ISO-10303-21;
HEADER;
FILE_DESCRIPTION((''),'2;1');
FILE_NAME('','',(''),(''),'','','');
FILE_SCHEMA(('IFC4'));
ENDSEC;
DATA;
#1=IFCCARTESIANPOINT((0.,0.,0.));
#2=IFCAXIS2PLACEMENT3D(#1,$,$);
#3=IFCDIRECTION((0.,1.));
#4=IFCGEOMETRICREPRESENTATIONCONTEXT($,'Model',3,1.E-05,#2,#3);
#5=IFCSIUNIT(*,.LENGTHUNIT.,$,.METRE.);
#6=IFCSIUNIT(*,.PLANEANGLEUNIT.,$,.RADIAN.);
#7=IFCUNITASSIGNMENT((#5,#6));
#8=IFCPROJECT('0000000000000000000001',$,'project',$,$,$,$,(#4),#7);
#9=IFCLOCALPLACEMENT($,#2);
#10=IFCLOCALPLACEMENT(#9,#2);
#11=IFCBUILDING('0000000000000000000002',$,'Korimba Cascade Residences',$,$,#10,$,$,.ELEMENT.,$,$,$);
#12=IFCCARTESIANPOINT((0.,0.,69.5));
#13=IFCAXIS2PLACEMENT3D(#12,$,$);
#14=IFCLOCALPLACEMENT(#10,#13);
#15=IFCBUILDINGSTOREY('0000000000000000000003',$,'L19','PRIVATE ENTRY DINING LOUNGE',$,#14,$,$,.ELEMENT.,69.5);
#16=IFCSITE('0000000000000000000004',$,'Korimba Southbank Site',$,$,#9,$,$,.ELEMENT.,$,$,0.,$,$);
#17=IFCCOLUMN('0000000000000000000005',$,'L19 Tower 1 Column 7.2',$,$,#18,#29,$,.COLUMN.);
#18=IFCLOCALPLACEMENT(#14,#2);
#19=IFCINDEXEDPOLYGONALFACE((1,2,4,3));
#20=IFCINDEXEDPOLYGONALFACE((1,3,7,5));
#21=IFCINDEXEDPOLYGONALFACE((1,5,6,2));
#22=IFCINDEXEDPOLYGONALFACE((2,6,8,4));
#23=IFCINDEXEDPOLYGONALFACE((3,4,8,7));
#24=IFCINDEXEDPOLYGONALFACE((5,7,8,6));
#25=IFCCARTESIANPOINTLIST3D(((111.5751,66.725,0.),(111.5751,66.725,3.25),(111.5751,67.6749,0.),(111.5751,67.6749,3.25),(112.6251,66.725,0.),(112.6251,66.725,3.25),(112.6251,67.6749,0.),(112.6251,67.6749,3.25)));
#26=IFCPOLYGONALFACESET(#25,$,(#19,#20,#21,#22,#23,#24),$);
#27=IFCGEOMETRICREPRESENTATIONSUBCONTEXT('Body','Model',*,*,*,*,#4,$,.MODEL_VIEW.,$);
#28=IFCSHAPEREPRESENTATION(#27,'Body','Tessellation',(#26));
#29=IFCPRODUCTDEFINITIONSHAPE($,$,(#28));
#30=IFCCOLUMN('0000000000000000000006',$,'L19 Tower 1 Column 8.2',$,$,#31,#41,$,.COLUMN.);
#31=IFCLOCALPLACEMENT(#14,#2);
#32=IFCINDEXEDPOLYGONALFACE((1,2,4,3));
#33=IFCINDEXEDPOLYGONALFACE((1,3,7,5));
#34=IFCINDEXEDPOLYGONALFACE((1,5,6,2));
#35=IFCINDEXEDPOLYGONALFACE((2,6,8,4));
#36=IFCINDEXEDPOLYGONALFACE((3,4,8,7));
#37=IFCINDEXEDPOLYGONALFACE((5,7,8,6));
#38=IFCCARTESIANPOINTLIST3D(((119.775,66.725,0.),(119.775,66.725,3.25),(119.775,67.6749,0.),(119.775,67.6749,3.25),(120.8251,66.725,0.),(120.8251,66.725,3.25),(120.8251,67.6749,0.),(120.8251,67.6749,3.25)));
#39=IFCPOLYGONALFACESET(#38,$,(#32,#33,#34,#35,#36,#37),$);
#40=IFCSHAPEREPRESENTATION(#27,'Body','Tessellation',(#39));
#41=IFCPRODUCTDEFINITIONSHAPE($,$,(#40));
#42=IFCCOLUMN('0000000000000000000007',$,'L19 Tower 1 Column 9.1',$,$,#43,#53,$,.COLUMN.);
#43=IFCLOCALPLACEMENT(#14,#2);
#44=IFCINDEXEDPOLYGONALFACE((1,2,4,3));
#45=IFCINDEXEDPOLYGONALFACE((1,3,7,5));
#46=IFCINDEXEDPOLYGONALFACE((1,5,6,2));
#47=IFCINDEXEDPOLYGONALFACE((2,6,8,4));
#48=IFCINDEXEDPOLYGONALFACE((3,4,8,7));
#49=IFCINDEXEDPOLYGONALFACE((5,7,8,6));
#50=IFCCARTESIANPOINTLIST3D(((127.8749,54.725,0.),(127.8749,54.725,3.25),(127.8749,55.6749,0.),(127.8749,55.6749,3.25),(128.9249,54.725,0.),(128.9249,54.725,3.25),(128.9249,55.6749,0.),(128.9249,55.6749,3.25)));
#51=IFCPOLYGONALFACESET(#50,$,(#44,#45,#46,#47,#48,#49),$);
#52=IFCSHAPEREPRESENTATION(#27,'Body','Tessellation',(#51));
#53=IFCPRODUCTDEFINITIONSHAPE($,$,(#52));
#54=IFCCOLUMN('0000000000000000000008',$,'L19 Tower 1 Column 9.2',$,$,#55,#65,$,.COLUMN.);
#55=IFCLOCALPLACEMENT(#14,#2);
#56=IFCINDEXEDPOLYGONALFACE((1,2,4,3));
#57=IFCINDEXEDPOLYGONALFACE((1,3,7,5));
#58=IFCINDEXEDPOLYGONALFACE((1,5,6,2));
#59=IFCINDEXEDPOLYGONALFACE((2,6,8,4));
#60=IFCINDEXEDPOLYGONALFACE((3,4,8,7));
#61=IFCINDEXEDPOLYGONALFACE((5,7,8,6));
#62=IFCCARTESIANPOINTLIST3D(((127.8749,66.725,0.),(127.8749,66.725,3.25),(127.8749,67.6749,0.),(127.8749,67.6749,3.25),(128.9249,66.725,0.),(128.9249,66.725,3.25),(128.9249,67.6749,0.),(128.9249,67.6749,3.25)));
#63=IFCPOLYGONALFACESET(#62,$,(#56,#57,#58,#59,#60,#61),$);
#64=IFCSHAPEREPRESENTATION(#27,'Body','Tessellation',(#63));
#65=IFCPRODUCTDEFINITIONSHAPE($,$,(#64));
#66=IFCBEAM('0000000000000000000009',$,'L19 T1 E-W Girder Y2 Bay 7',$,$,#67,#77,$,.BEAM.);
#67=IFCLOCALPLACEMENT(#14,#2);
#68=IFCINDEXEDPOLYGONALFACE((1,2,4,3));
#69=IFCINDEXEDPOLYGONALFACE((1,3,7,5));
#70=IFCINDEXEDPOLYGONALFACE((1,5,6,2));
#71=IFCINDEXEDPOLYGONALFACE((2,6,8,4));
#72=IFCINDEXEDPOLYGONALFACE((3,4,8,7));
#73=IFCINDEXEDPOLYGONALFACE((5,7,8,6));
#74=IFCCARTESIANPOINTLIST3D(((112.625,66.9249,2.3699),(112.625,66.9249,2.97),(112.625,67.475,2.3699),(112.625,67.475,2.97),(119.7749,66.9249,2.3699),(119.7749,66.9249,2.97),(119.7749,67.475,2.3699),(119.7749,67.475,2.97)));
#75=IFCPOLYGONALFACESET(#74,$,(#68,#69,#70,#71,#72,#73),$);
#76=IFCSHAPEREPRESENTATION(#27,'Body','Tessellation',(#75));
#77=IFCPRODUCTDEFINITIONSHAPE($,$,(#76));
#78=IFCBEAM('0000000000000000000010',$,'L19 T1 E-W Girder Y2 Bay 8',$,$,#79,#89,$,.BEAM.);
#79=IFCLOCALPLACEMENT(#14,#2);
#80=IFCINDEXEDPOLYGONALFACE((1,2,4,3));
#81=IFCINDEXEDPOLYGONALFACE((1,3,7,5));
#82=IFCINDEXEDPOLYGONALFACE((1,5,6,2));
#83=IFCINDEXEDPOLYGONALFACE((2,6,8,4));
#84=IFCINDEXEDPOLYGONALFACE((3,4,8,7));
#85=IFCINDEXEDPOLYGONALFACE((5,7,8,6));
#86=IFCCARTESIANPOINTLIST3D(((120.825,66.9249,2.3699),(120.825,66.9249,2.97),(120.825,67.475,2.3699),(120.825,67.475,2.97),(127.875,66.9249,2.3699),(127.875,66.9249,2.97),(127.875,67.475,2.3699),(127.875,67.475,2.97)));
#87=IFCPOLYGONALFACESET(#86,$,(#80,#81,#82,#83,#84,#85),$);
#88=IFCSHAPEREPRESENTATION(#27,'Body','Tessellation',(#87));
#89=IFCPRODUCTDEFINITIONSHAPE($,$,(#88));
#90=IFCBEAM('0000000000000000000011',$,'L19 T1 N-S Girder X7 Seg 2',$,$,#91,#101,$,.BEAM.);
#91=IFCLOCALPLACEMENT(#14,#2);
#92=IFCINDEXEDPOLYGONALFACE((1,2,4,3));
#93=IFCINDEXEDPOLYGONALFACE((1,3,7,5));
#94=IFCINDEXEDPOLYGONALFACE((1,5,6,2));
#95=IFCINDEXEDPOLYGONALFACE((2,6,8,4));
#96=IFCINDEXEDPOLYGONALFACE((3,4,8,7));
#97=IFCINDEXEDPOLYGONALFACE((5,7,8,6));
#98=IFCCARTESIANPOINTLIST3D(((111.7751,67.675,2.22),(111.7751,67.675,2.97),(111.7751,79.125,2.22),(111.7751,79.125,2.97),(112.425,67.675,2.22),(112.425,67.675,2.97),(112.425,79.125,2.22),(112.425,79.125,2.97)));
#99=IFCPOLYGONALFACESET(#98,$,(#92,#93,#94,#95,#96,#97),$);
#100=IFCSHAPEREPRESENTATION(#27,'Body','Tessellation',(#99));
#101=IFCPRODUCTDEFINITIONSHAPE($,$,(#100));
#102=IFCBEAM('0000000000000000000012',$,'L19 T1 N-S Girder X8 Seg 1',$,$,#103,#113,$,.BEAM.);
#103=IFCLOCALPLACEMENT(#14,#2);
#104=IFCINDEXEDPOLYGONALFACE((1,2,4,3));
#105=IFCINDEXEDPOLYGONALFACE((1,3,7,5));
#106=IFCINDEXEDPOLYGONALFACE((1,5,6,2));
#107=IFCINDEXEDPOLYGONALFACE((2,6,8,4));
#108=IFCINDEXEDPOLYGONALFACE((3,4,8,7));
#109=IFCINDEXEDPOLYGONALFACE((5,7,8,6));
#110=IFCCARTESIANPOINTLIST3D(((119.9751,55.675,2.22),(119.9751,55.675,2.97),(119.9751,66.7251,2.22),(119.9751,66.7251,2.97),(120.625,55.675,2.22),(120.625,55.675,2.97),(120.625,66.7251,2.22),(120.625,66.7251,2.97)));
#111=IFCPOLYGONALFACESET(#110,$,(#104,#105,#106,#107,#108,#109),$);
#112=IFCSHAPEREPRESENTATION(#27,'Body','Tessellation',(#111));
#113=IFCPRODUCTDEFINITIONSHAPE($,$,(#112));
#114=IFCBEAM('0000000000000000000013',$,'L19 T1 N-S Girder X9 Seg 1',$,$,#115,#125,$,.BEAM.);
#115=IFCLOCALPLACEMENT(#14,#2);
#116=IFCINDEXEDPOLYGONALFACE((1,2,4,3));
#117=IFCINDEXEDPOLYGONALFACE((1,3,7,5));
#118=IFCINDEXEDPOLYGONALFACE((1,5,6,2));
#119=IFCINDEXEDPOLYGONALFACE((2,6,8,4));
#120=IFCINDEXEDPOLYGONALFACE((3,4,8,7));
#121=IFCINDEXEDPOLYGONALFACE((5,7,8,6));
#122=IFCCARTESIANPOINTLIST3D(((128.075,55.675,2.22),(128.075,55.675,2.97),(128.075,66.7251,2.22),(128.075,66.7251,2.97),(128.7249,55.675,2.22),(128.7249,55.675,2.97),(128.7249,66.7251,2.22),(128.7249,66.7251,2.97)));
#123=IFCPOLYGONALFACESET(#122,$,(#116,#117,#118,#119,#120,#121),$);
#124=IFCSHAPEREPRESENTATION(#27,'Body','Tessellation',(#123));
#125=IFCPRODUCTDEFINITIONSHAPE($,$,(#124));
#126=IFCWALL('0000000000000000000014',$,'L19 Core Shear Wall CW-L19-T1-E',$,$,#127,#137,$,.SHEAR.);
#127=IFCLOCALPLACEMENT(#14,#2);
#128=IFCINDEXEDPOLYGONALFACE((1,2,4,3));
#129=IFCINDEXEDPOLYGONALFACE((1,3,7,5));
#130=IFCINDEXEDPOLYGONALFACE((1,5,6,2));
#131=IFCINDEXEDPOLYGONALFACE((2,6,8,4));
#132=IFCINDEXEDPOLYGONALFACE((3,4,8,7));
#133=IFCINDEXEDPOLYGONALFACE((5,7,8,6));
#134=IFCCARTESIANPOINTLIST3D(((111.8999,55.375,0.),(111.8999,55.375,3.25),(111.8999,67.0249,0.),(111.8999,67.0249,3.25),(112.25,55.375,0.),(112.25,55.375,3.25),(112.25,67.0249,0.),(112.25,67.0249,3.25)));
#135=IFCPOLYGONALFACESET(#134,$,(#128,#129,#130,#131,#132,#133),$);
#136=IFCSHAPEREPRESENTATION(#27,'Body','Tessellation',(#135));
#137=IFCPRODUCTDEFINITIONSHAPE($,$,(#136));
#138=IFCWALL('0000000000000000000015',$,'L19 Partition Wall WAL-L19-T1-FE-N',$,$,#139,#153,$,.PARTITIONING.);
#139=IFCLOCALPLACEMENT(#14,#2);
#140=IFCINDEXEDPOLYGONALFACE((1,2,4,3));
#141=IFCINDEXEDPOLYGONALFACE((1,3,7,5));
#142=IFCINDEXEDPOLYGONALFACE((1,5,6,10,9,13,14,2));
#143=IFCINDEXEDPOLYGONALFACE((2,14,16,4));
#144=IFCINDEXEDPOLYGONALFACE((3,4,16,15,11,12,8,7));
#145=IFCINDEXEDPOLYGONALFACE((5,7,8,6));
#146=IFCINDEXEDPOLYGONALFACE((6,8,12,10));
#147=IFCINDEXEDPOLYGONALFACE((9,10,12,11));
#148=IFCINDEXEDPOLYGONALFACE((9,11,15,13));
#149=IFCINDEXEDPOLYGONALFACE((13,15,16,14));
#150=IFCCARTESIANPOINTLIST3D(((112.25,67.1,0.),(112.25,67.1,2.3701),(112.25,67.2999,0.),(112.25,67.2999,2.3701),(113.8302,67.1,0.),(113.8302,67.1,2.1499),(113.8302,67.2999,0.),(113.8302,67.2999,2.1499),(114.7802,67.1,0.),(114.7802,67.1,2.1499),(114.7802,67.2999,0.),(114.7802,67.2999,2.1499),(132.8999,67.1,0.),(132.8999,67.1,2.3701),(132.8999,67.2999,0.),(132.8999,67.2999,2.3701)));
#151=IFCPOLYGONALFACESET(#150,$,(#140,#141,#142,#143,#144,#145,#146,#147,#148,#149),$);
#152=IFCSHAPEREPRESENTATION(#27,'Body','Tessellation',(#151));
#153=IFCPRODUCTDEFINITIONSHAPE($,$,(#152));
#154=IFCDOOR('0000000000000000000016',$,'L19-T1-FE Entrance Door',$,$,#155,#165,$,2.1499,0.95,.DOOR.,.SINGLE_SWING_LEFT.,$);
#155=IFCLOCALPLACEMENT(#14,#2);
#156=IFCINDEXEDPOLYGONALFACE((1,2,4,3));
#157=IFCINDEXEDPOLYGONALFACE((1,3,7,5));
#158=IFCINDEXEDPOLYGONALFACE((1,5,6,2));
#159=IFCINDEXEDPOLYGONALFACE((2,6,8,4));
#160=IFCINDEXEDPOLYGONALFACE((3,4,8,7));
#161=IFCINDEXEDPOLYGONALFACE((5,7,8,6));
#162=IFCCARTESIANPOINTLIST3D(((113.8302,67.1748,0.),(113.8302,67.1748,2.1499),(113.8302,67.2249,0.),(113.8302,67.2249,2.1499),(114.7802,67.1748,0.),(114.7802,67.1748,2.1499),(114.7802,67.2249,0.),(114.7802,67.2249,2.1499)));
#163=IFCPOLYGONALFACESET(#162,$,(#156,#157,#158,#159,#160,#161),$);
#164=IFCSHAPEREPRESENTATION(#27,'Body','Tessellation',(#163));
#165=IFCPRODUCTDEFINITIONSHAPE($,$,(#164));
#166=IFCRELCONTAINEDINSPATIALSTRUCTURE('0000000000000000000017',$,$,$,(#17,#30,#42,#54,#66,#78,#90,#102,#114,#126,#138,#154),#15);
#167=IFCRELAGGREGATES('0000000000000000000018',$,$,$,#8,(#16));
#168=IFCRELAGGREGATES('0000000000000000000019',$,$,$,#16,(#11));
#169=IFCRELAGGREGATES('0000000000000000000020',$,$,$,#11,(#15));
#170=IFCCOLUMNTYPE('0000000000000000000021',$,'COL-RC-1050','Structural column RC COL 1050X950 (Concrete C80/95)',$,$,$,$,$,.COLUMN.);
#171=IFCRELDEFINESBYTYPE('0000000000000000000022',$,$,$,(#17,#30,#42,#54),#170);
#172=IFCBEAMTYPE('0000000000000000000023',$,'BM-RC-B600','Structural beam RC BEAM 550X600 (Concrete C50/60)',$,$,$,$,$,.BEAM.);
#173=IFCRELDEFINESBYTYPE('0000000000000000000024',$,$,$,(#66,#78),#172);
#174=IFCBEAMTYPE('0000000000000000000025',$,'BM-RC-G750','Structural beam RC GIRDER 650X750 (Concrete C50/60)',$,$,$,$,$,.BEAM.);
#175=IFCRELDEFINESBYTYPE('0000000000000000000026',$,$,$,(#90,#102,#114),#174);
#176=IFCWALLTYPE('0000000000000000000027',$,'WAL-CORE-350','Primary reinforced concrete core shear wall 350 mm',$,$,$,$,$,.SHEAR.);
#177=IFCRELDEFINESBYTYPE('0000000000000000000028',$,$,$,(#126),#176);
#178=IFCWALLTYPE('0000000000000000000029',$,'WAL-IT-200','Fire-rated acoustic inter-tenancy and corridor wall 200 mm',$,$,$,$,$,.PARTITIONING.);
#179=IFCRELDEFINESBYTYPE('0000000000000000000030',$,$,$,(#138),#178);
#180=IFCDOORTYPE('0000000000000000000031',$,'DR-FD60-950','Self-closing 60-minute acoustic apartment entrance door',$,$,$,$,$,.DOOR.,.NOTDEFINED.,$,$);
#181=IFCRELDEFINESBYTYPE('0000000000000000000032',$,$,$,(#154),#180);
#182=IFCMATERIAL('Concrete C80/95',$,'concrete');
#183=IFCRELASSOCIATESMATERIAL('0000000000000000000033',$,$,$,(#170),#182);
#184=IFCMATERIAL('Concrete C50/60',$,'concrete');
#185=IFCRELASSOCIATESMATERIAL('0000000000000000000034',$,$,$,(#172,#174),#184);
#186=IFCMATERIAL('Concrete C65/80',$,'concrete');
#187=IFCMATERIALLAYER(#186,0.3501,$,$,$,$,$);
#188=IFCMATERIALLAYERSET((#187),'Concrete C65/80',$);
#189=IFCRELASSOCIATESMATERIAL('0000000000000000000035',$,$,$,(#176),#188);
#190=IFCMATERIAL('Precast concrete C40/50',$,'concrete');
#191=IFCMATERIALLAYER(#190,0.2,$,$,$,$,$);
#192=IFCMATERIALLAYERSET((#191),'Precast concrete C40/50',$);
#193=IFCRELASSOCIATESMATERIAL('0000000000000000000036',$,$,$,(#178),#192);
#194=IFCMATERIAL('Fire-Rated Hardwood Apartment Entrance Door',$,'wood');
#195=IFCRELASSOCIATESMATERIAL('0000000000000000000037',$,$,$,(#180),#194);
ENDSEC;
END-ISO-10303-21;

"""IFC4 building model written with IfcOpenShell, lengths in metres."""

from ifc_helpers import new_model, si_unit, direction, frame, frame_2d, origin, origin_2d, place, context, subcontext, project, spatial, rectangle, extrude, material, layer, layer_set, material_profile, profile_set, type_object, element, fill, save


model = new_model("IFC4")

# Units and contexts
model_context = context("Model", 3, precision=1e-05, world=origin(), true_north=direction((0.0, 1.0)))
body_context = subcontext(model_context, "Body", "Model", "MODEL_VIEW")
ifc_project = project(units=[si_unit("LENGTHUNIT", "METRE"), si_unit("PLANEANGLEUNIT", "RADIAN")], contexts=[model_context])

# Site, building, storey
site_placement = place(None, origin())
site = spatial("IfcSite", under=ifc_project, at=site_placement, Name="Korimba Southbank Site", CompositionType="ELEMENT", RefElevation=0.0)
building_placement = place(site_placement, origin())
building = spatial("IfcBuilding", under=site, at=building_placement, Name="Korimba Cascade Residences", CompositionType="ELEMENT")
storey_placement = place(building_placement, frame((0.0, 0.0, 69.5)))
storey = spatial("IfcBuildingStorey", under=building, at=storey_placement, Name="L19", Description="PRIVATE ENTRY DINING LOUNGE", CompositionType="ELEMENT", Elevation=69.5)

# Columns
ifc_material_1 = material(Name="Concrete C80/95", Category="concrete")
ifc_material_profile_1 = material_profile(ifc_material_1, rectangle(XDim=1.05, YDim=0.95, at=origin_2d()), Name="Concrete C80/95")
ifc_profile_set_1 = profile_set([ifc_material_profile_1], Name="Concrete C80/95")
column_type = type_object("IfcColumnType", Name="COL-RC-1050", Description="Structural column RC COL 1050X950 (Concrete C80/95)", PredefinedType="COLUMN", material=ifc_profile_set_1)
for number, where, z_axis, x_axis, name in (
    (1, (112.1001, 67.2, 0.0), (0.0, 0.0, 1.0), (1.0, 0.0, 0.0), "L19 Tower 1 Column 7.2"),
    (2, (120.3, 67.2, 0.0), (0.0, 0.0, 1.0), (1.0, 0.0, 0.0), "L19 Tower 1 Column 8.2"),
    (3, (128.3999, 55.2, 0.0), (0.0, 0.0, 1.0), (1.0, 0.0, 0.0), "L19 Tower 1 Column 9.1"),
    (4, (128.3999, 67.2, 0.0), (0.0, 0.0, 1.0), (1.0, 0.0, 0.0), "L19 Tower 1 Column 9.2"),
):
    element("IfcColumn", number, at=place(storey_placement, frame(where, z_axis=z_axis, x_axis=x_axis)), inside=storey, type_object=column_type, Name=name, PredefinedType="COLUMN", context=body_context, shape_type="SweptSolid", body=[
        extrude(rectangle(XDim=1.05, YDim=0.95, at=origin_2d()), origin(), (0.0, 0.0, 1.0), 3.25),
    ])

# Beams
ifc_material_2 = material(Name="Concrete C50/60", Category="concrete")
ifc_material_profile_2 = material_profile(ifc_material_2, rectangle(XDim=0.55, YDim=0.6001, at=origin_2d()), Name="Concrete C50/60")
ifc_profile_set_2 = profile_set([ifc_material_profile_2], Name="Concrete C50/60")
beam_type_1 = type_object("IfcBeamType", Name="BM-RC-B600", Description="Structural beam RC BEAM 550X600 (Concrete C50/60)", PredefinedType="BEAM", material=ifc_profile_set_2)
beam_1_placement = place(storey_placement, frame((112.625, 67.2, 2.6699), z_axis=(1.0, 0.0, 0.0), x_axis=(0.0, 1.0, 0.0)))
element("IfcBeam", 5, at=beam_1_placement, inside=storey, type_object=beam_type_1, Name="L19 T1 E-W Girder Y2 Bay 7", PredefinedType="BEAM", context=body_context, shape_type="SweptSolid", body=[
    extrude(rectangle(XDim=0.55, YDim=0.6001, at=origin_2d()), origin(), (0.0, 0.0, 1.0), 7.1499),
])
beam_2_placement = place(storey_placement, frame((120.825, 67.2, 2.6699), z_axis=(1.0, 0.0, 0.0), x_axis=(0.0, 1.0, 0.0)))
element("IfcBeam", 6, at=beam_2_placement, inside=storey, type_object=beam_type_1, Name="L19 T1 E-W Girder Y2 Bay 8", PredefinedType="BEAM", context=body_context, shape_type="SweptSolid", body=[
    extrude(rectangle(XDim=0.55, YDim=0.6001, at=origin_2d()), origin(), (0.0, 0.0, 1.0), 7.05),
])
ifc_material_profile_3 = material_profile(ifc_material_2, rectangle(XDim=0.6499, YDim=0.75, at=origin_2d()), Name="Concrete C50/60")
ifc_profile_set_3 = profile_set([ifc_material_profile_3], Name="Concrete C50/60")
beam_type_2 = type_object("IfcBeamType", Name="BM-RC-G750", Description="Structural beam RC GIRDER 650X750 (Concrete C50/60)", PredefinedType="BEAM", material=ifc_profile_set_3)
beam_3_placement = place(storey_placement, frame((112.1001, 67.675, 2.595), z_axis=(0.0, 1.0, 0.0), x_axis=(-1.0, 0.0, 0.0)))
element("IfcBeam", 7, at=beam_3_placement, inside=storey, type_object=beam_type_2, Name="L19 T1 N-S Girder X7 Seg 2", PredefinedType="BEAM", context=body_context, shape_type="SweptSolid", body=[
    extrude(rectangle(XDim=0.6499, YDim=0.75, at=origin_2d()), origin(), (0.0, 0.0, 1.0), 11.45),
])
for number, where, z_axis, x_axis, name in (
    (8, (120.3, 55.675, 2.595), (0.0, 1.0, 0.0), (-1.0, 0.0, 0.0), "L19 T1 N-S Girder X8 Seg 1"),
    (9, (128.3999, 55.675, 2.595), (0.0, 1.0, 0.0), (-1.0, 0.0, 0.0), "L19 T1 N-S Girder X9 Seg 1"),
):
    element("IfcBeam", number, at=place(storey_placement, frame(where, z_axis=z_axis, x_axis=x_axis)), inside=storey, type_object=beam_type_2, Name=name, PredefinedType="BEAM", context=body_context, shape_type="SweptSolid", body=[
        extrude(rectangle(XDim=0.6499, YDim=0.75, at=origin_2d()), origin(), (0.0, 0.0, 1.0), 11.05),
    ])

# Wall
ifc_material_3 = material(Name="Concrete C65/80", Category="concrete")
ifc_layer_1 = layer(ifc_material_3, 0.3501)
ifc_layer_set_1 = layer_set([ifc_layer_1], Name="Concrete C65/80")
wall_type_1 = type_object("IfcWallType", Name="WAL-CORE-350", Description="Primary reinforced concrete core shear wall 350 mm", PredefinedType="SHEAR", material=ifc_layer_set_1)
wall_1_placement = place(storey_placement, frame((112.075, 55.375, 0.0), z_axis=(0.0, 0.0, 1.0), x_axis=(0.0, 1.0, 0.0)))
element("IfcWall", 10, at=wall_1_placement, inside=storey, type_object=wall_type_1, Name="L19 Core Shear Wall CW-L19-T1-E", PredefinedType="SHEAR", context=body_context, shape_type="SweptSolid", body=[
    extrude(rectangle(XDim=11.6499, YDim=0.3501, at=frame_2d((5.825, 0.0))), origin(), (0.0, 0.0, 1.0), 3.25),
])

# Wall, opening, door
ifc_material_4 = material(Name="Precast concrete C40/50", Category="concrete")
ifc_layer_2 = layer(ifc_material_4, 0.2)
ifc_layer_set_2 = layer_set([ifc_layer_2], Name="Precast concrete C40/50")
wall_type_2 = type_object("IfcWallType", Name="WAL-IT-200", Description="Fire-rated acoustic inter-tenancy and corridor wall 200 mm", PredefinedType="PARTITIONING", material=ifc_layer_set_2)
wall_2_placement = place(storey_placement, frame((112.25, 67.2, 0.0), z_axis=(0.0, 0.0, 1.0), x_axis=(1.0, 0.0, 0.0)))
wall_2 = element("IfcWall", 11, at=wall_2_placement, inside=storey, type_object=wall_type_2, Name="L19 Partition Wall WAL-L19-T1-FE-N", PredefinedType="PARTITIONING", context=body_context, shape_type="SweptSolid", body=[
    extrude(rectangle(XDim=20.6499, YDim=0.2, at=frame_2d((10.325, 0.0))), origin(), (0.0, 0.0, 1.0), 2.3701),
])
opening_1_placement = place(wall_2_placement, frame((1.5801, 0.0, 0.0)))
opening_1 = element("IfcOpeningElement", 12, at=opening_1_placement, cuts=wall_2, PredefinedType="OPENING", context=body_context, shape_type="SweptSolid", body=[
    extrude(rectangle(XDim=0.95, YDim=2.1499, at=frame_2d((0.4751, 1.075))), frame((0.0, 0.1099, 0.0), z_axis=(0.0, -1.0, 0.0), x_axis=(1.0, 0.0, 0.0)), (0.0, 0.0, 1.0), 0.22),
])
ifc_material_5 = material(Name="Fire-Rated Hardwood Apartment Entrance Door", Category="wood")
door_type_1 = type_object("IfcDoorType", Name="DR-FD60-950", Description="Self-closing 60-minute acoustic apartment entrance door", OperationType="NOTDEFINED", PredefinedType="DOOR", material=ifc_material_5)
door_1_placement = place(opening_1_placement, origin())
door_1 = element("IfcDoor", 13, at=door_1_placement, inside=storey, type_object=door_type_1, Name="L19-T1-FE Entrance Door", OperationType="SINGLE_SWING_LEFT", OverallHeight=2.1499, OverallWidth=0.95, PredefinedType="DOOR", context=body_context, shape_type="SweptSolid", body=[
    extrude(rectangle(XDim=0.95, YDim=2.1499, at=frame_2d((0.4751, 1.075))), frame((0.0, 0.0249, 0.0), z_axis=(0.0, -1.0, 0.0), x_axis=(1.0, 0.0, 0.0)), (0.0, 0.0, 1.0), 0.05),
])
fill(opening_1, door_1)

save(model, "model.ifc")
